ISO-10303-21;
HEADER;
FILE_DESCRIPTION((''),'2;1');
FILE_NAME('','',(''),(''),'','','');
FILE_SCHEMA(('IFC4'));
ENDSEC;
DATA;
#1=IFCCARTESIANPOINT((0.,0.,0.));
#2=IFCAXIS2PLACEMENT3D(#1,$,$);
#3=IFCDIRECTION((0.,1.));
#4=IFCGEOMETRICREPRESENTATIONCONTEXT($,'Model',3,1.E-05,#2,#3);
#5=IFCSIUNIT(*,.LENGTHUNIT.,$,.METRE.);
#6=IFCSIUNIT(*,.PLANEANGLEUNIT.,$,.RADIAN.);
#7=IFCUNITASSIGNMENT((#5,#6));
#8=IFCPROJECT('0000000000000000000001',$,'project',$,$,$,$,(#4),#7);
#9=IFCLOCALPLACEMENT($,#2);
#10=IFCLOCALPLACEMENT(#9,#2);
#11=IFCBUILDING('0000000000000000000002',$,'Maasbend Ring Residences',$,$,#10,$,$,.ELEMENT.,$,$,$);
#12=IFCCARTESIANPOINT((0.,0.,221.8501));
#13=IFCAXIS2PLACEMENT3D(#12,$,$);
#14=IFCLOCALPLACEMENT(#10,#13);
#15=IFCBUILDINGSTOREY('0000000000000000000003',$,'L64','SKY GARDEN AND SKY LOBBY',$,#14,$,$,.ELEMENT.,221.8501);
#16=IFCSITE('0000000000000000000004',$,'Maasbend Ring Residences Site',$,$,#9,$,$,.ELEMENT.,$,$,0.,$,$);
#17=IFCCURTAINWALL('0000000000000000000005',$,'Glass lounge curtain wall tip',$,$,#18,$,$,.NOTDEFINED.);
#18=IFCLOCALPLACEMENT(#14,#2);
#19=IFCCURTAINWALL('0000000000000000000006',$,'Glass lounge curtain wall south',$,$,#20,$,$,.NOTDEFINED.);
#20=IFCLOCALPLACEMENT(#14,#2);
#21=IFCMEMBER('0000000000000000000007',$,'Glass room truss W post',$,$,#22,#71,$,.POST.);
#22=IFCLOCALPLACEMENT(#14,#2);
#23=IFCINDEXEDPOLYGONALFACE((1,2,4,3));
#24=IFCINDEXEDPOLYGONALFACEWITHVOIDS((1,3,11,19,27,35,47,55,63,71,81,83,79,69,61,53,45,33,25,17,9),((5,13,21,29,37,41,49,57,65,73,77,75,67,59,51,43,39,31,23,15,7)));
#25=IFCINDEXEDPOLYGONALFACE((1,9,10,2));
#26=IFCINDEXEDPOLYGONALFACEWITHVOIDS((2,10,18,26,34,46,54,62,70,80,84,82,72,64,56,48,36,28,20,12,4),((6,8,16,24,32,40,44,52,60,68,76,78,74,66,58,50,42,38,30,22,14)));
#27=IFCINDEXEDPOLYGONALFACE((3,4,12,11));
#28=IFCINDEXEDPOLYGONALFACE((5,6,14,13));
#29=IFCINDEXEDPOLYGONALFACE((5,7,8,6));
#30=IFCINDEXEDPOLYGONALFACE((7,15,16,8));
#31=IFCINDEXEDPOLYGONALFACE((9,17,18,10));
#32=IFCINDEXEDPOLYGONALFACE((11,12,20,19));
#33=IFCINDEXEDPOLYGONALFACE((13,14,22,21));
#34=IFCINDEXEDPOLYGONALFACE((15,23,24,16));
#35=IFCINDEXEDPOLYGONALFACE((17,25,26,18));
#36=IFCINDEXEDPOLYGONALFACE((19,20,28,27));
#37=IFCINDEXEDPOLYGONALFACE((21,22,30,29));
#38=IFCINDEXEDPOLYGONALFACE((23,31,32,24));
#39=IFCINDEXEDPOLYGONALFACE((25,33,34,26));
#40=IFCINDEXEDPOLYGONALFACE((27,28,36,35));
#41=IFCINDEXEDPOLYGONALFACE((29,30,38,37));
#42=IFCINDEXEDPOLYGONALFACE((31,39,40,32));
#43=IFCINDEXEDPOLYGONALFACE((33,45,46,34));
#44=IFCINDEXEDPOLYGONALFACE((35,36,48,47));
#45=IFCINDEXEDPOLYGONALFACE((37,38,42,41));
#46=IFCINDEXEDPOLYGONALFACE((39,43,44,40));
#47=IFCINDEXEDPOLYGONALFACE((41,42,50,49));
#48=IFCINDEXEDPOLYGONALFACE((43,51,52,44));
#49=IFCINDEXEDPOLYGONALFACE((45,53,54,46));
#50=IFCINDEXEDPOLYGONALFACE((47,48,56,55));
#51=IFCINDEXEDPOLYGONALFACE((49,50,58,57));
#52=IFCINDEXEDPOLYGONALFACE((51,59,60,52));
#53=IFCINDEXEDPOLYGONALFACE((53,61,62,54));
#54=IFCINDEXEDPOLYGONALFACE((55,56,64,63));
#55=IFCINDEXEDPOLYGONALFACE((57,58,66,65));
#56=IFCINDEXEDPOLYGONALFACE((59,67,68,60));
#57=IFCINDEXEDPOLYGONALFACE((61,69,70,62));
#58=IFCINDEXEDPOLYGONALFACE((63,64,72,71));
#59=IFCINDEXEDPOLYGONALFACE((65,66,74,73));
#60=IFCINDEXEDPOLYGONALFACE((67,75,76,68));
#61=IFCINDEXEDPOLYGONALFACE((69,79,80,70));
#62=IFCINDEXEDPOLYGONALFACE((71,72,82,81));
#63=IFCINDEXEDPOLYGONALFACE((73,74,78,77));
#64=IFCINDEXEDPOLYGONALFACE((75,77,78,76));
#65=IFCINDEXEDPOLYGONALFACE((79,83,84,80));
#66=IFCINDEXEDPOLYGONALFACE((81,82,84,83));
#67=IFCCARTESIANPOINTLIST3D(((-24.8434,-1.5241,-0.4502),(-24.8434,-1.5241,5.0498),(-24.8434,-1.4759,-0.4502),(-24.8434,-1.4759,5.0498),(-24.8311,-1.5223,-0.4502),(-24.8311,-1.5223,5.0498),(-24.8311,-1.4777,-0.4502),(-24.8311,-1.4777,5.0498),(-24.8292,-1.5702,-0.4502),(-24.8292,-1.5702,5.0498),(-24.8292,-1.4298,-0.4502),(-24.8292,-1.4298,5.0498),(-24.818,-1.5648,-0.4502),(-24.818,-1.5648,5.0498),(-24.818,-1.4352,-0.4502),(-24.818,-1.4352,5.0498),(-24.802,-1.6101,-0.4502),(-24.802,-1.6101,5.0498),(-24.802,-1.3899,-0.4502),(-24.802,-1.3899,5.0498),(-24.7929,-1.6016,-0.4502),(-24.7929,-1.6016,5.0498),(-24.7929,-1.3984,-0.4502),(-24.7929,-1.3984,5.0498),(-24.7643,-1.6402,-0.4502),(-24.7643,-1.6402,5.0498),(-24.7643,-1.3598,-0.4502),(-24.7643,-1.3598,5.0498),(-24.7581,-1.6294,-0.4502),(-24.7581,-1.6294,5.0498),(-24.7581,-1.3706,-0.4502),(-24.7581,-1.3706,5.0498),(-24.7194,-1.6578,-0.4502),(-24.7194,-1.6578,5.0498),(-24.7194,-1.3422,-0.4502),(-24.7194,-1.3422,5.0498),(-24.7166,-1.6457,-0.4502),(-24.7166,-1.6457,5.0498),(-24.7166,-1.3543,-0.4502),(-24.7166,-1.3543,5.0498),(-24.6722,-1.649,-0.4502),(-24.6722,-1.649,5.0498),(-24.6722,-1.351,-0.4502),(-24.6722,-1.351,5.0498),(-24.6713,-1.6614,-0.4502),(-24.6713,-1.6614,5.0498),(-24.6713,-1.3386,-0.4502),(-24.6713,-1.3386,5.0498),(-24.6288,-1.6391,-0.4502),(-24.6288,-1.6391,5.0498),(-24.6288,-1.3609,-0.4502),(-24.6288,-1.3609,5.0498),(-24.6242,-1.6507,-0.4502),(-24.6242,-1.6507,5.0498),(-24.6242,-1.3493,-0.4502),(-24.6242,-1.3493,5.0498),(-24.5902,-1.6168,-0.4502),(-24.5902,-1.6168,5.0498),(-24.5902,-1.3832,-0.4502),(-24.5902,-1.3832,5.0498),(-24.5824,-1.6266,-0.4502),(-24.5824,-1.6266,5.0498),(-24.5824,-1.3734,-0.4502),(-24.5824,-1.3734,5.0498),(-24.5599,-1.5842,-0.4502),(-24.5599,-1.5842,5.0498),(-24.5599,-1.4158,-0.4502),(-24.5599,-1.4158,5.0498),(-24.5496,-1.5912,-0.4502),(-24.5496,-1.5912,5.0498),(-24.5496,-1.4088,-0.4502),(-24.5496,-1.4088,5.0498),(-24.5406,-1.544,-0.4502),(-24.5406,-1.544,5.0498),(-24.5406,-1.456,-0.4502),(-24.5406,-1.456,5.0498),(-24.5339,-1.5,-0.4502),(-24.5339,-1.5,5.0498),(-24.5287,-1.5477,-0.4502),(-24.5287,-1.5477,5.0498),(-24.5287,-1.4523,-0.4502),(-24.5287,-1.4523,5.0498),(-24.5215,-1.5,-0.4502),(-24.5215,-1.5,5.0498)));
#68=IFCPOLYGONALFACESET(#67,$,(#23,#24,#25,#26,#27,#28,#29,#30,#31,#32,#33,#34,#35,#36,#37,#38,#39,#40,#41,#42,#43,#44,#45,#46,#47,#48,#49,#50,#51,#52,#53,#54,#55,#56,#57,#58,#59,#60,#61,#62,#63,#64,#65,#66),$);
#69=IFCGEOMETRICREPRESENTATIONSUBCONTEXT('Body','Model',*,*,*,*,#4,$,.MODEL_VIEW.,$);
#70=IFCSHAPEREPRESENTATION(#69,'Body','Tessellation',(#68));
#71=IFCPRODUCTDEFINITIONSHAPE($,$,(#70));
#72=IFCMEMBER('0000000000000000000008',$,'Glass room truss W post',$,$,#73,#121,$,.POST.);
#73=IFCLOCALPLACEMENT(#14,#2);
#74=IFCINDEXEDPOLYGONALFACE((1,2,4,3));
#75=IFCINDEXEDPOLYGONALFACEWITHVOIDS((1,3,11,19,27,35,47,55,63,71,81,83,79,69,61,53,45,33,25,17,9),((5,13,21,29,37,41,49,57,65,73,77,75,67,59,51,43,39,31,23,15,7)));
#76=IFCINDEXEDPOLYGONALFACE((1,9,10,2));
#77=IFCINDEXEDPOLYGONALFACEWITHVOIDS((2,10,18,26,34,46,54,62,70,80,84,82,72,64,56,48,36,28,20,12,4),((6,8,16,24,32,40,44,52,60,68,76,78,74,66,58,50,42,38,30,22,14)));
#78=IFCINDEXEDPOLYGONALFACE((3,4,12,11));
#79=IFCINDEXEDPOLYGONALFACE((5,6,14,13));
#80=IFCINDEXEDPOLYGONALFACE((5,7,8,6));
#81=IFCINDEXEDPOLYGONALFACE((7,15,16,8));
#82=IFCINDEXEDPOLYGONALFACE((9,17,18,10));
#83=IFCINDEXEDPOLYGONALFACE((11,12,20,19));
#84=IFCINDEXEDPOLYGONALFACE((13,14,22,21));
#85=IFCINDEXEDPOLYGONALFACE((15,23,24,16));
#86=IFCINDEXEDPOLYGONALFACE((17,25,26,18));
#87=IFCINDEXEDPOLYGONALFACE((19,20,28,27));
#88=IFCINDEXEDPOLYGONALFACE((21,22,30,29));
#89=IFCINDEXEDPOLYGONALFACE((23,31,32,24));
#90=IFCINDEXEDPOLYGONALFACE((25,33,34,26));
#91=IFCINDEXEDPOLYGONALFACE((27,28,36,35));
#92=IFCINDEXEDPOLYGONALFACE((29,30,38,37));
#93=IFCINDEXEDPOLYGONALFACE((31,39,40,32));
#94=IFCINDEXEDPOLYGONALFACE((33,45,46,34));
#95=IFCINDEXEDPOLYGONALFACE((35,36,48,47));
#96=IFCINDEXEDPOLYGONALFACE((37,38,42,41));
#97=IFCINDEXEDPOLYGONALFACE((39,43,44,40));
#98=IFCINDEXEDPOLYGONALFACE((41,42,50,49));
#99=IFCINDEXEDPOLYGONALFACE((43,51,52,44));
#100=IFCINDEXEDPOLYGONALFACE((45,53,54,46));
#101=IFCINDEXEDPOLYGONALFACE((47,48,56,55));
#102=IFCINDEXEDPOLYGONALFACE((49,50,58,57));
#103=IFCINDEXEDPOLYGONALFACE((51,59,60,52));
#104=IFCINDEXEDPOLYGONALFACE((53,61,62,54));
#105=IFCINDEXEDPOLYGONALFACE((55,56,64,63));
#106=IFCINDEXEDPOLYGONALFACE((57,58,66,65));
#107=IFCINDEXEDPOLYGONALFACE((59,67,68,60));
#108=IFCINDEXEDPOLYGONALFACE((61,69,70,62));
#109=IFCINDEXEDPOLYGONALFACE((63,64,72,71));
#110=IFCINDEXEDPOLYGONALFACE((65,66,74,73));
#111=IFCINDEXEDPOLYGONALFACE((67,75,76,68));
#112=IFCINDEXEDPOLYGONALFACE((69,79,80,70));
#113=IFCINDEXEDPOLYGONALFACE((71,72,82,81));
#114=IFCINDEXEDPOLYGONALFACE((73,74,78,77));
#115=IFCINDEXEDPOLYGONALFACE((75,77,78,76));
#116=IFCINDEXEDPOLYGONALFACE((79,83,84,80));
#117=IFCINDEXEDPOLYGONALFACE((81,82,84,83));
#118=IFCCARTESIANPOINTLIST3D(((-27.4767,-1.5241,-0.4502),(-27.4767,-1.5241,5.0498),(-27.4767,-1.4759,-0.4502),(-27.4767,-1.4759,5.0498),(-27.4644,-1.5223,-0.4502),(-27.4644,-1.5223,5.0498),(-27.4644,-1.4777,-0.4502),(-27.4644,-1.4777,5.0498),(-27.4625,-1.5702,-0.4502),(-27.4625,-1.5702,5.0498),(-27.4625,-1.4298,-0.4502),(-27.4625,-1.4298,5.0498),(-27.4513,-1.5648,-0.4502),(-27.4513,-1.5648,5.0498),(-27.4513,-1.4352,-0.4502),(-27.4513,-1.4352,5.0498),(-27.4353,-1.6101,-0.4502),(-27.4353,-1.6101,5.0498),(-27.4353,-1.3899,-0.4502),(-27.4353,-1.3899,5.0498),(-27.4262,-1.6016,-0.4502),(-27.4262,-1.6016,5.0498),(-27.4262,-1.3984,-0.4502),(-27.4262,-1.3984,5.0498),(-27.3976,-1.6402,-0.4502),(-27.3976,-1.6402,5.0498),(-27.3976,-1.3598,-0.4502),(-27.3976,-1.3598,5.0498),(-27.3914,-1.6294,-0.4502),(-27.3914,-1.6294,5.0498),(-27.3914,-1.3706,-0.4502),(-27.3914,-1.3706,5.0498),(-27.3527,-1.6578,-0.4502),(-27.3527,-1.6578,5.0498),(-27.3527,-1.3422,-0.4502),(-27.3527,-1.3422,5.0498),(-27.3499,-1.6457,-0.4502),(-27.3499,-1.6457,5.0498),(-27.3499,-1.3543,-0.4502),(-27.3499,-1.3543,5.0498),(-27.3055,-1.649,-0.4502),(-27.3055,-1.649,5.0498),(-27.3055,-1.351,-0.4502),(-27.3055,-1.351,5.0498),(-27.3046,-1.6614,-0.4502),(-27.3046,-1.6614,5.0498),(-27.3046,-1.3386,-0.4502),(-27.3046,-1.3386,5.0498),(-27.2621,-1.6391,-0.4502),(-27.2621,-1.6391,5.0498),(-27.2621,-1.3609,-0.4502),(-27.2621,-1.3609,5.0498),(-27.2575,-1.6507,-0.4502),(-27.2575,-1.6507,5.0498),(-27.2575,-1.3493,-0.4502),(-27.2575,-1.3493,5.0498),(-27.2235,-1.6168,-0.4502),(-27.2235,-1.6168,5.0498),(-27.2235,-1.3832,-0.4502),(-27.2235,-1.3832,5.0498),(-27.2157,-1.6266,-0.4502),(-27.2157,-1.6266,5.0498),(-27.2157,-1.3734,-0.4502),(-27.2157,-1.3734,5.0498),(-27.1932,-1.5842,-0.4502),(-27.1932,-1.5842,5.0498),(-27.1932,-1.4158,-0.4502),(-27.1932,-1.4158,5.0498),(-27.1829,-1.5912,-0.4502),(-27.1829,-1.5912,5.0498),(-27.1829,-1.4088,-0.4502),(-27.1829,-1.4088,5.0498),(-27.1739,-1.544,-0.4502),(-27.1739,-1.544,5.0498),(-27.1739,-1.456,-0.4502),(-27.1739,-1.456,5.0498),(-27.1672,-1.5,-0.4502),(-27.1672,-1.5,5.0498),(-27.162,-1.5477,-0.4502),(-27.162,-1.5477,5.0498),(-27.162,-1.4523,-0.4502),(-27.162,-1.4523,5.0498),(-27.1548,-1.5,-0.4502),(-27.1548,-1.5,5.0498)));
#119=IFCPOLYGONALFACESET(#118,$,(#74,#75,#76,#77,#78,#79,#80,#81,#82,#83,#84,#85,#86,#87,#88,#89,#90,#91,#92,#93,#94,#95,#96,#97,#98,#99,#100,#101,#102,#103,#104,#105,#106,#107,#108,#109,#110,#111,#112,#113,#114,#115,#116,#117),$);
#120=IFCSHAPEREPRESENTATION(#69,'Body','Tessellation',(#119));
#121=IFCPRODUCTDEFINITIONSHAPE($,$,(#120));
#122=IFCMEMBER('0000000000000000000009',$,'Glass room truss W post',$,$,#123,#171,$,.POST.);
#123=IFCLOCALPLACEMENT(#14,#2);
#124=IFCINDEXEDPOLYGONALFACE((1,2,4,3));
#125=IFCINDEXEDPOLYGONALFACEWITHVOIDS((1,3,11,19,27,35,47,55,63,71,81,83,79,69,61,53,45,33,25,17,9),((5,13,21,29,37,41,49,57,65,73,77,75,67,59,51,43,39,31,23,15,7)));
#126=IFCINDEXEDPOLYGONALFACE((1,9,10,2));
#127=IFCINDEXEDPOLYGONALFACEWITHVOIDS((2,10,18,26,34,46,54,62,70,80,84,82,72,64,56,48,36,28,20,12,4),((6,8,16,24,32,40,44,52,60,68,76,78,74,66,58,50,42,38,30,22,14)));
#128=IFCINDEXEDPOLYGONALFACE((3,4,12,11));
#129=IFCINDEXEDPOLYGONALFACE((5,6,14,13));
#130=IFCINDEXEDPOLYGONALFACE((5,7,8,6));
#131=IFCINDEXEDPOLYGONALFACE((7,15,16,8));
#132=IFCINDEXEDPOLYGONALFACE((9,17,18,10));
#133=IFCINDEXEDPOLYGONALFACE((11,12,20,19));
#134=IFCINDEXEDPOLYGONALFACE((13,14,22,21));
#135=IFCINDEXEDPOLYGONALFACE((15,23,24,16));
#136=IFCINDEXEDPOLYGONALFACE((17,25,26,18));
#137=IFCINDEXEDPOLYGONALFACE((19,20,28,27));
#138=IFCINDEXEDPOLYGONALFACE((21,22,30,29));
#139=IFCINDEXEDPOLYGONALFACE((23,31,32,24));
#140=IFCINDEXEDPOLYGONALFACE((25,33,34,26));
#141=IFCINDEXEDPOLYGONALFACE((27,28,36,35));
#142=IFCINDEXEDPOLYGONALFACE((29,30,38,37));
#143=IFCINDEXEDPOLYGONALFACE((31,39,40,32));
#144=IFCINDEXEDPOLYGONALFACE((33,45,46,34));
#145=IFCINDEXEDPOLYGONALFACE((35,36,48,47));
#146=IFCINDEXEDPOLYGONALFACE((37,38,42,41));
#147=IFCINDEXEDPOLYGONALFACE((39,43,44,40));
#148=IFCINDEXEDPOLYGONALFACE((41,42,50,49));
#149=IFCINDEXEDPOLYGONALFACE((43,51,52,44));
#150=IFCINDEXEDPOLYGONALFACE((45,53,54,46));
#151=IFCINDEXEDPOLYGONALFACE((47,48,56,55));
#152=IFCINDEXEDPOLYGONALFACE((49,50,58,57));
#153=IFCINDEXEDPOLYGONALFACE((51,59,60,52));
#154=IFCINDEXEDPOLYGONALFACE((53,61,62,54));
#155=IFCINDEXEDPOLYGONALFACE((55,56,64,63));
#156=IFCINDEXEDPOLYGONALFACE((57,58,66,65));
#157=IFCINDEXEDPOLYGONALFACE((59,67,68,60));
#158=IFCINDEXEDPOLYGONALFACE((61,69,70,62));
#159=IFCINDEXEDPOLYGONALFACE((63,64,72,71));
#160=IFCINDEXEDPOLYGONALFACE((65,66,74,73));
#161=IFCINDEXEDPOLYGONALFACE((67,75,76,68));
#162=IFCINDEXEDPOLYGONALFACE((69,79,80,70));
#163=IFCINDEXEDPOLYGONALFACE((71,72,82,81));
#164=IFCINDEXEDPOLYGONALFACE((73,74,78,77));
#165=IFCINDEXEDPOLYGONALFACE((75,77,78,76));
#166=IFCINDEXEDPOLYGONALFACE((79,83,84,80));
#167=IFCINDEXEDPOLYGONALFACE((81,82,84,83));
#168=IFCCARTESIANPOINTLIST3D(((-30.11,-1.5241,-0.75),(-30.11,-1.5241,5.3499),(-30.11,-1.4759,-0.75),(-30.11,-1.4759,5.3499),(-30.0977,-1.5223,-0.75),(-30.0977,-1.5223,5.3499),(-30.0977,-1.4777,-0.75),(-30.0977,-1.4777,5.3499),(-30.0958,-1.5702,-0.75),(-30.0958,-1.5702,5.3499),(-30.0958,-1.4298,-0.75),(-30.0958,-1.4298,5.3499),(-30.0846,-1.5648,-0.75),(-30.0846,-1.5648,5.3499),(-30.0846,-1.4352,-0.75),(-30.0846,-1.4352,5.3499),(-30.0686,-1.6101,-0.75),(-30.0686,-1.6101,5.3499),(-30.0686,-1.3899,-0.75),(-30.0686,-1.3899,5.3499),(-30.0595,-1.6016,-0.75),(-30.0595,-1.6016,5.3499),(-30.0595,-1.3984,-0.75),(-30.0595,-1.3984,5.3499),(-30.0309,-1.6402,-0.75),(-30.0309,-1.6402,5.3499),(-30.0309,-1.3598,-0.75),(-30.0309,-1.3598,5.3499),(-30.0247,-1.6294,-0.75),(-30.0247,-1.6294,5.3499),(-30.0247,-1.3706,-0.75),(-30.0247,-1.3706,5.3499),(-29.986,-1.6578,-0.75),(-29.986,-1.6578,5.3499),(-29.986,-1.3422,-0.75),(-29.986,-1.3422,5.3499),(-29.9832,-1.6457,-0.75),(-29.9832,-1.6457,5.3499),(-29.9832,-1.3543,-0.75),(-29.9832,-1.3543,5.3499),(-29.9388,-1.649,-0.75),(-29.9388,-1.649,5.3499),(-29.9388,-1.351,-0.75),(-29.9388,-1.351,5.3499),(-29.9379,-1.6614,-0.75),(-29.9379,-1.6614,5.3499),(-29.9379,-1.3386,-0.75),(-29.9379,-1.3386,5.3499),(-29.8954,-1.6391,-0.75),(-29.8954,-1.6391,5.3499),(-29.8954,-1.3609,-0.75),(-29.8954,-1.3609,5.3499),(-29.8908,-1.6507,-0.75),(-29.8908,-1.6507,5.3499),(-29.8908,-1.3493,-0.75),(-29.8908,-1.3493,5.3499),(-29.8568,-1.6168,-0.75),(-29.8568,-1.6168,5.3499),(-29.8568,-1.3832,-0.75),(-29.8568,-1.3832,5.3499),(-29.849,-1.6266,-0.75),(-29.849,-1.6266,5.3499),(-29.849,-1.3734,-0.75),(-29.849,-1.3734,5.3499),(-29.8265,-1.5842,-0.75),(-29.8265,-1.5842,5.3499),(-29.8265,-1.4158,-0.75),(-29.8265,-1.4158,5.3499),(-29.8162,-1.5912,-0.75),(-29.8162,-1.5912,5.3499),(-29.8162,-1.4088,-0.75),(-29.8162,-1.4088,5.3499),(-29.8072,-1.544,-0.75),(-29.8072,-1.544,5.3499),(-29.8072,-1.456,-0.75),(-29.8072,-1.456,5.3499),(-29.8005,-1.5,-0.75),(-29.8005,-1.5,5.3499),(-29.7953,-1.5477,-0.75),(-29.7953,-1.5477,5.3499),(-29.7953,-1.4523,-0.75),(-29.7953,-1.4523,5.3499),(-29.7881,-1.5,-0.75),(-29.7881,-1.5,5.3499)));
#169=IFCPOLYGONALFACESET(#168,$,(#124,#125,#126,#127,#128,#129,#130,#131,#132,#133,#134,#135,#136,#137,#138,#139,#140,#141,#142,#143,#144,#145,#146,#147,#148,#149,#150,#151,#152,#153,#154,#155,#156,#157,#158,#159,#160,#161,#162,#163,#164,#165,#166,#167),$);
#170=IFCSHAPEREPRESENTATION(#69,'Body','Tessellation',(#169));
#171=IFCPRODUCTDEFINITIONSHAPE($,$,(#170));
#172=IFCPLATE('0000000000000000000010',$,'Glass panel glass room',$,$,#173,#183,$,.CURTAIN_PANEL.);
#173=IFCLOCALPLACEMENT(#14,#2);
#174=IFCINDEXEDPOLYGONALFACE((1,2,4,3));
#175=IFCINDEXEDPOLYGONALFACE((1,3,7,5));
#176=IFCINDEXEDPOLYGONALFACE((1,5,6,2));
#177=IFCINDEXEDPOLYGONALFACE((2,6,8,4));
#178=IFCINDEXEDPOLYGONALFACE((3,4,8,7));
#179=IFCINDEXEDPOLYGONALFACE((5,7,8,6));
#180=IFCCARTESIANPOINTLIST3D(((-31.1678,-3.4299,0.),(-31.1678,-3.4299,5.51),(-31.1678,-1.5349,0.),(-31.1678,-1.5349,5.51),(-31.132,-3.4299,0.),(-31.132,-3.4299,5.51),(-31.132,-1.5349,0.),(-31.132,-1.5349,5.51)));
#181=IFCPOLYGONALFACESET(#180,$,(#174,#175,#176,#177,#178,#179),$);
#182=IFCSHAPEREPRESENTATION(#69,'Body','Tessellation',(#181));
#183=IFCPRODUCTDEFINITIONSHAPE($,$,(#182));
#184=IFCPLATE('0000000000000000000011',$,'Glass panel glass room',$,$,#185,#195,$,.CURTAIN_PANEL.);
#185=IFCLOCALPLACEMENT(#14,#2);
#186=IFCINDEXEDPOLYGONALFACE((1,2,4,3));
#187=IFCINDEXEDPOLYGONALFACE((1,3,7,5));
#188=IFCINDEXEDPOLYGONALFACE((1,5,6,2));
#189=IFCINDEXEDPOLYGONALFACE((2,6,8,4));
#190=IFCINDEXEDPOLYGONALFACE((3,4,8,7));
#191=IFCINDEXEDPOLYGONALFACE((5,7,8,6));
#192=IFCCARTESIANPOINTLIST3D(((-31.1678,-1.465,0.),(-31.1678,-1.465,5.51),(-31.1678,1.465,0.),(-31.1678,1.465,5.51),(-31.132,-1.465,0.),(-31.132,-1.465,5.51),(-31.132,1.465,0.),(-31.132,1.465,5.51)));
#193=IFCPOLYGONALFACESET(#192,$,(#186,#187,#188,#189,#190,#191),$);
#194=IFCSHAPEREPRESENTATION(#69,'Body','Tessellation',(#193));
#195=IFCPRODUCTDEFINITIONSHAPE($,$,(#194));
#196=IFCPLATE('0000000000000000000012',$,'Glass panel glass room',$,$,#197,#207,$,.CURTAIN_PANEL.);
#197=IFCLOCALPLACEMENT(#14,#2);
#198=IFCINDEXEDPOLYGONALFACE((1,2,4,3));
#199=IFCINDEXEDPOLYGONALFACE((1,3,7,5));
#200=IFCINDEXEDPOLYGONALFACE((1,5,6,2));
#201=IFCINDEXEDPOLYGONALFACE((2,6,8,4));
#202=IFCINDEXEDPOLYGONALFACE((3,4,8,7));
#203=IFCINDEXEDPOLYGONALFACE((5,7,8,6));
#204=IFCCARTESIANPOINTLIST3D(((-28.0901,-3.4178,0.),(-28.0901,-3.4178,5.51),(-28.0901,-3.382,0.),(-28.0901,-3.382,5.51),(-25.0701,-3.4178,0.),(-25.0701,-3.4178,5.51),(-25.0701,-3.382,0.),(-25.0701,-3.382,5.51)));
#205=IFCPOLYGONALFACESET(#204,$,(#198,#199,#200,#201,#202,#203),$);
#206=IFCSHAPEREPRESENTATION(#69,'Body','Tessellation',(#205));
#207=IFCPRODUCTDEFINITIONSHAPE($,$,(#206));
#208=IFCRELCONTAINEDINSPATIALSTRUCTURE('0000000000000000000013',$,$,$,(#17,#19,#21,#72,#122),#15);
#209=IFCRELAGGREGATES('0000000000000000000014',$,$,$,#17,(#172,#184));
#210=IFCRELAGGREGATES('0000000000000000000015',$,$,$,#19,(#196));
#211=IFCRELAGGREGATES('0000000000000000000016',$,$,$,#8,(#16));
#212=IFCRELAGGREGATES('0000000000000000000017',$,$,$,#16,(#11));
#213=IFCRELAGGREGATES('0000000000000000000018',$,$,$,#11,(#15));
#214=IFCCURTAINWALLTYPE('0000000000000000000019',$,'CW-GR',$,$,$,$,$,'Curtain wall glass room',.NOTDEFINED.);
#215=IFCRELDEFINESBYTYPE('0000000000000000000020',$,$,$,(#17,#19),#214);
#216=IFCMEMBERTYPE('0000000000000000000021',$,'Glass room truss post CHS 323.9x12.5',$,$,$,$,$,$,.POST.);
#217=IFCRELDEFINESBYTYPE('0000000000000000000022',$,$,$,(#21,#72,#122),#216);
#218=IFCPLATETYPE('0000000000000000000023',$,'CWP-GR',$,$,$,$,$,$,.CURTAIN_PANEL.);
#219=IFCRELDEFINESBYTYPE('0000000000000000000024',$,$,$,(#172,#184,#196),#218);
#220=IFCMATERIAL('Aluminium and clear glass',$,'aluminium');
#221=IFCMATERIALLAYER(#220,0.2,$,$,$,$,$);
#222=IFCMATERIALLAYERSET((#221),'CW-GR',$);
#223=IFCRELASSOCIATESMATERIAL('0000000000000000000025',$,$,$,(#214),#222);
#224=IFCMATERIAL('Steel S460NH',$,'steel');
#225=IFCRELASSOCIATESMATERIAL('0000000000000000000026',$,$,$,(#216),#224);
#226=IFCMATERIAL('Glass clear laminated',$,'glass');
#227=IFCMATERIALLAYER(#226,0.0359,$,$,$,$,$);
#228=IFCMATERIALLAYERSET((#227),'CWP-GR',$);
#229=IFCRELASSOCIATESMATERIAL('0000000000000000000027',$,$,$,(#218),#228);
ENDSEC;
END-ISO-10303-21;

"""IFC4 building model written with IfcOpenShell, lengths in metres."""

from ifc_helpers import new_model, si_unit, direction, frame, origin, origin_2d, place, context, subcontext, project, spatial, rectangle, hollow_circle, extrude, material, layer, layer_set, material_profile, profile_set, type_object, element, aggregate, save


model = new_model("IFC4")

# Units and contexts
model_context = context("Model", 3, precision=1e-05, world=origin(), true_north=direction((0.0, 1.0)))
body_context = subcontext(model_context, "Body", "Model", "MODEL_VIEW")
ifc_project = project(units=[si_unit("LENGTHUNIT", "METRE"), si_unit("PLANEANGLEUNIT", "RADIAN")], contexts=[model_context])

# Site, building, storey
site_placement = place(None, origin())
site = spatial("IfcSite", under=ifc_project, at=site_placement, Name="Maasbend Ring Residences Site", CompositionType="ELEMENT", RefElevation=0.0)
building_placement = place(site_placement, origin())
building = spatial("IfcBuilding", under=site, at=building_placement, Name="Maasbend Ring Residences", CompositionType="ELEMENT")
storey_placement = place(building_placement, frame((0.0, 0.0, 221.8501)))
storey = spatial("IfcBuildingStorey", under=building, at=storey_placement, Name="L64", Description="SKY GARDEN AND SKY LOBBY", CompositionType="ELEMENT", Elevation=221.8501)

# Curtain wall
ifc_material_1 = material(Name="Aluminium and clear glass", Category="aluminium")
ifc_layer_1 = layer(ifc_material_1, 0.2)
ifc_layer_set_1 = layer_set([ifc_layer_1], Name="CW-GR")
curtain_wall_type = type_object("IfcCurtainWallType", Name="CW-GR", ElementType="Curtain wall glass room", PredefinedType="NOTDEFINED", material=ifc_layer_set_1)
curtain_wall_1_placement = place(storey_placement, origin())
curtain_wall_1 = element("IfcCurtainWall", 1, at=curtain_wall_1_placement, inside=storey, type_object=curtain_wall_type, Name="Glass lounge curtain wall tip", PredefinedType="NOTDEFINED")

# Curtain wall
curtain_wall_2_placement = place(storey_placement, origin())
curtain_wall_2 = element("IfcCurtainWall", 2, at=curtain_wall_2_placement, inside=storey, type_object=curtain_wall_type, Name="Glass lounge curtain wall south", PredefinedType="NOTDEFINED")

# Members
ifc_material_2 = material(Name="Steel S460NH", Category="steel")
ifc_material_profile_1 = material_profile(ifc_material_2, hollow_circle(Radius=0.1619, WallThickness=0.0125, at=origin_2d()), Name="Glass room truss post CHS 323.9x12.5")
ifc_profile_set_1 = profile_set([ifc_material_profile_1], Name="Steel S460NH")
member_type_1 = type_object("IfcMemberType", Name="Glass room truss post CHS 323.9x12.5", PredefinedType="POST", material=ifc_profile_set_1)
for number, where, z_axis, x_axis, name in (
    (3, (-24.6833, -1.5, -0.4502), (0.0, 0.0, 1.0), (1.0, 0.0, 0.0), "Glass room truss W post"),
    (4, (-27.3167, -1.5, -0.4502), (0.0, 0.0, 1.0), (1.0, 0.0, 0.0), "Glass room truss W post"),
):
    element("IfcMember", number, at=place(storey_placement, frame(where, z_axis=z_axis, x_axis=x_axis)), inside=storey, type_object=member_type_1, Name=name, PredefinedType="POST", context=body_context, shape_type="SweptSolid", body=[
        extrude(hollow_circle(Radius=0.1619, WallThickness=0.0125, at=origin_2d()), origin(), (0.0, 0.0, 1.0), 5.5),
    ])
member_1_placement = place(storey_placement, frame((-29.95, -1.5, -0.75), z_axis=(0.0, 0.0, 1.0), x_axis=(1.0, 0.0, 0.0)))
element("IfcMember", 5, at=member_1_placement, inside=storey, type_object=member_type_1, Name="Glass room truss W post", PredefinedType="POST", context=body_context, shape_type="SweptSolid", body=[
    extrude(hollow_circle(Radius=0.1619, WallThickness=0.0125, at=origin_2d()), origin(), (0.0, 0.0, 1.0), 6.0999),
])

# Plates
ifc_material_3 = material(Name="Glass clear laminated", Category="glass")
ifc_layer_2 = layer(ifc_material_3, 0.0359)
ifc_layer_set_2 = layer_set([ifc_layer_2], Name="CWP-GR")
plate_type = type_object("IfcPlateType", Name="CWP-GR", PredefinedType="CURTAIN_PANEL", material=ifc_layer_set_2)
plate_1_placement = place(storey_placement, frame((-31.1499, -2.4824, 0.0), z_axis=(0.0, 0.0, 1.0), x_axis=(0.0, 1.0, 0.0)))
plate_1 = element("IfcPlate", 6, at=plate_1_placement, type_object=plate_type, Name="Glass panel glass room", PredefinedType="CURTAIN_PANEL", context=body_context, shape_type="SweptSolid", body=[
    extrude(rectangle(XDim=1.895, YDim=0.0359, at=origin_2d()), origin(), (0.0, 0.0, 1.0), 5.51),
])
plate_2_placement = place(storey_placement, frame((-31.1499, 0.0, 0.0), z_axis=(0.0, 0.0, 1.0), x_axis=(0.0, 1.0, 0.0)))
plate_2 = element("IfcPlate", 7, at=plate_2_placement, type_object=plate_type, Name="Glass panel glass room", PredefinedType="CURTAIN_PANEL", context=body_context, shape_type="SweptSolid", body=[
    extrude(rectangle(XDim=2.9299, YDim=0.0359, at=origin_2d()), origin(), (0.0, 0.0, 1.0), 5.51),
])
aggregate(curtain_wall_1, [plate_1, plate_2])
plate_3_placement = place(storey_placement, frame((-26.5801, -3.3999, 0.0), z_axis=(0.0, 0.0, 1.0), x_axis=(-1.0, 0.0, 0.0)))
plate_3 = element("IfcPlate", 8, at=plate_3_placement, type_object=plate_type, Name="Glass panel glass room", PredefinedType="CURTAIN_PANEL", context=body_context, shape_type="SweptSolid", body=[
    extrude(rectangle(XDim=3.02, YDim=0.0359, at=origin_2d()), origin(), (0.0, 0.0, 1.0), 5.51),
])
aggregate(curtain_wall_2, [plate_3])

save(model, "model.ifc")
